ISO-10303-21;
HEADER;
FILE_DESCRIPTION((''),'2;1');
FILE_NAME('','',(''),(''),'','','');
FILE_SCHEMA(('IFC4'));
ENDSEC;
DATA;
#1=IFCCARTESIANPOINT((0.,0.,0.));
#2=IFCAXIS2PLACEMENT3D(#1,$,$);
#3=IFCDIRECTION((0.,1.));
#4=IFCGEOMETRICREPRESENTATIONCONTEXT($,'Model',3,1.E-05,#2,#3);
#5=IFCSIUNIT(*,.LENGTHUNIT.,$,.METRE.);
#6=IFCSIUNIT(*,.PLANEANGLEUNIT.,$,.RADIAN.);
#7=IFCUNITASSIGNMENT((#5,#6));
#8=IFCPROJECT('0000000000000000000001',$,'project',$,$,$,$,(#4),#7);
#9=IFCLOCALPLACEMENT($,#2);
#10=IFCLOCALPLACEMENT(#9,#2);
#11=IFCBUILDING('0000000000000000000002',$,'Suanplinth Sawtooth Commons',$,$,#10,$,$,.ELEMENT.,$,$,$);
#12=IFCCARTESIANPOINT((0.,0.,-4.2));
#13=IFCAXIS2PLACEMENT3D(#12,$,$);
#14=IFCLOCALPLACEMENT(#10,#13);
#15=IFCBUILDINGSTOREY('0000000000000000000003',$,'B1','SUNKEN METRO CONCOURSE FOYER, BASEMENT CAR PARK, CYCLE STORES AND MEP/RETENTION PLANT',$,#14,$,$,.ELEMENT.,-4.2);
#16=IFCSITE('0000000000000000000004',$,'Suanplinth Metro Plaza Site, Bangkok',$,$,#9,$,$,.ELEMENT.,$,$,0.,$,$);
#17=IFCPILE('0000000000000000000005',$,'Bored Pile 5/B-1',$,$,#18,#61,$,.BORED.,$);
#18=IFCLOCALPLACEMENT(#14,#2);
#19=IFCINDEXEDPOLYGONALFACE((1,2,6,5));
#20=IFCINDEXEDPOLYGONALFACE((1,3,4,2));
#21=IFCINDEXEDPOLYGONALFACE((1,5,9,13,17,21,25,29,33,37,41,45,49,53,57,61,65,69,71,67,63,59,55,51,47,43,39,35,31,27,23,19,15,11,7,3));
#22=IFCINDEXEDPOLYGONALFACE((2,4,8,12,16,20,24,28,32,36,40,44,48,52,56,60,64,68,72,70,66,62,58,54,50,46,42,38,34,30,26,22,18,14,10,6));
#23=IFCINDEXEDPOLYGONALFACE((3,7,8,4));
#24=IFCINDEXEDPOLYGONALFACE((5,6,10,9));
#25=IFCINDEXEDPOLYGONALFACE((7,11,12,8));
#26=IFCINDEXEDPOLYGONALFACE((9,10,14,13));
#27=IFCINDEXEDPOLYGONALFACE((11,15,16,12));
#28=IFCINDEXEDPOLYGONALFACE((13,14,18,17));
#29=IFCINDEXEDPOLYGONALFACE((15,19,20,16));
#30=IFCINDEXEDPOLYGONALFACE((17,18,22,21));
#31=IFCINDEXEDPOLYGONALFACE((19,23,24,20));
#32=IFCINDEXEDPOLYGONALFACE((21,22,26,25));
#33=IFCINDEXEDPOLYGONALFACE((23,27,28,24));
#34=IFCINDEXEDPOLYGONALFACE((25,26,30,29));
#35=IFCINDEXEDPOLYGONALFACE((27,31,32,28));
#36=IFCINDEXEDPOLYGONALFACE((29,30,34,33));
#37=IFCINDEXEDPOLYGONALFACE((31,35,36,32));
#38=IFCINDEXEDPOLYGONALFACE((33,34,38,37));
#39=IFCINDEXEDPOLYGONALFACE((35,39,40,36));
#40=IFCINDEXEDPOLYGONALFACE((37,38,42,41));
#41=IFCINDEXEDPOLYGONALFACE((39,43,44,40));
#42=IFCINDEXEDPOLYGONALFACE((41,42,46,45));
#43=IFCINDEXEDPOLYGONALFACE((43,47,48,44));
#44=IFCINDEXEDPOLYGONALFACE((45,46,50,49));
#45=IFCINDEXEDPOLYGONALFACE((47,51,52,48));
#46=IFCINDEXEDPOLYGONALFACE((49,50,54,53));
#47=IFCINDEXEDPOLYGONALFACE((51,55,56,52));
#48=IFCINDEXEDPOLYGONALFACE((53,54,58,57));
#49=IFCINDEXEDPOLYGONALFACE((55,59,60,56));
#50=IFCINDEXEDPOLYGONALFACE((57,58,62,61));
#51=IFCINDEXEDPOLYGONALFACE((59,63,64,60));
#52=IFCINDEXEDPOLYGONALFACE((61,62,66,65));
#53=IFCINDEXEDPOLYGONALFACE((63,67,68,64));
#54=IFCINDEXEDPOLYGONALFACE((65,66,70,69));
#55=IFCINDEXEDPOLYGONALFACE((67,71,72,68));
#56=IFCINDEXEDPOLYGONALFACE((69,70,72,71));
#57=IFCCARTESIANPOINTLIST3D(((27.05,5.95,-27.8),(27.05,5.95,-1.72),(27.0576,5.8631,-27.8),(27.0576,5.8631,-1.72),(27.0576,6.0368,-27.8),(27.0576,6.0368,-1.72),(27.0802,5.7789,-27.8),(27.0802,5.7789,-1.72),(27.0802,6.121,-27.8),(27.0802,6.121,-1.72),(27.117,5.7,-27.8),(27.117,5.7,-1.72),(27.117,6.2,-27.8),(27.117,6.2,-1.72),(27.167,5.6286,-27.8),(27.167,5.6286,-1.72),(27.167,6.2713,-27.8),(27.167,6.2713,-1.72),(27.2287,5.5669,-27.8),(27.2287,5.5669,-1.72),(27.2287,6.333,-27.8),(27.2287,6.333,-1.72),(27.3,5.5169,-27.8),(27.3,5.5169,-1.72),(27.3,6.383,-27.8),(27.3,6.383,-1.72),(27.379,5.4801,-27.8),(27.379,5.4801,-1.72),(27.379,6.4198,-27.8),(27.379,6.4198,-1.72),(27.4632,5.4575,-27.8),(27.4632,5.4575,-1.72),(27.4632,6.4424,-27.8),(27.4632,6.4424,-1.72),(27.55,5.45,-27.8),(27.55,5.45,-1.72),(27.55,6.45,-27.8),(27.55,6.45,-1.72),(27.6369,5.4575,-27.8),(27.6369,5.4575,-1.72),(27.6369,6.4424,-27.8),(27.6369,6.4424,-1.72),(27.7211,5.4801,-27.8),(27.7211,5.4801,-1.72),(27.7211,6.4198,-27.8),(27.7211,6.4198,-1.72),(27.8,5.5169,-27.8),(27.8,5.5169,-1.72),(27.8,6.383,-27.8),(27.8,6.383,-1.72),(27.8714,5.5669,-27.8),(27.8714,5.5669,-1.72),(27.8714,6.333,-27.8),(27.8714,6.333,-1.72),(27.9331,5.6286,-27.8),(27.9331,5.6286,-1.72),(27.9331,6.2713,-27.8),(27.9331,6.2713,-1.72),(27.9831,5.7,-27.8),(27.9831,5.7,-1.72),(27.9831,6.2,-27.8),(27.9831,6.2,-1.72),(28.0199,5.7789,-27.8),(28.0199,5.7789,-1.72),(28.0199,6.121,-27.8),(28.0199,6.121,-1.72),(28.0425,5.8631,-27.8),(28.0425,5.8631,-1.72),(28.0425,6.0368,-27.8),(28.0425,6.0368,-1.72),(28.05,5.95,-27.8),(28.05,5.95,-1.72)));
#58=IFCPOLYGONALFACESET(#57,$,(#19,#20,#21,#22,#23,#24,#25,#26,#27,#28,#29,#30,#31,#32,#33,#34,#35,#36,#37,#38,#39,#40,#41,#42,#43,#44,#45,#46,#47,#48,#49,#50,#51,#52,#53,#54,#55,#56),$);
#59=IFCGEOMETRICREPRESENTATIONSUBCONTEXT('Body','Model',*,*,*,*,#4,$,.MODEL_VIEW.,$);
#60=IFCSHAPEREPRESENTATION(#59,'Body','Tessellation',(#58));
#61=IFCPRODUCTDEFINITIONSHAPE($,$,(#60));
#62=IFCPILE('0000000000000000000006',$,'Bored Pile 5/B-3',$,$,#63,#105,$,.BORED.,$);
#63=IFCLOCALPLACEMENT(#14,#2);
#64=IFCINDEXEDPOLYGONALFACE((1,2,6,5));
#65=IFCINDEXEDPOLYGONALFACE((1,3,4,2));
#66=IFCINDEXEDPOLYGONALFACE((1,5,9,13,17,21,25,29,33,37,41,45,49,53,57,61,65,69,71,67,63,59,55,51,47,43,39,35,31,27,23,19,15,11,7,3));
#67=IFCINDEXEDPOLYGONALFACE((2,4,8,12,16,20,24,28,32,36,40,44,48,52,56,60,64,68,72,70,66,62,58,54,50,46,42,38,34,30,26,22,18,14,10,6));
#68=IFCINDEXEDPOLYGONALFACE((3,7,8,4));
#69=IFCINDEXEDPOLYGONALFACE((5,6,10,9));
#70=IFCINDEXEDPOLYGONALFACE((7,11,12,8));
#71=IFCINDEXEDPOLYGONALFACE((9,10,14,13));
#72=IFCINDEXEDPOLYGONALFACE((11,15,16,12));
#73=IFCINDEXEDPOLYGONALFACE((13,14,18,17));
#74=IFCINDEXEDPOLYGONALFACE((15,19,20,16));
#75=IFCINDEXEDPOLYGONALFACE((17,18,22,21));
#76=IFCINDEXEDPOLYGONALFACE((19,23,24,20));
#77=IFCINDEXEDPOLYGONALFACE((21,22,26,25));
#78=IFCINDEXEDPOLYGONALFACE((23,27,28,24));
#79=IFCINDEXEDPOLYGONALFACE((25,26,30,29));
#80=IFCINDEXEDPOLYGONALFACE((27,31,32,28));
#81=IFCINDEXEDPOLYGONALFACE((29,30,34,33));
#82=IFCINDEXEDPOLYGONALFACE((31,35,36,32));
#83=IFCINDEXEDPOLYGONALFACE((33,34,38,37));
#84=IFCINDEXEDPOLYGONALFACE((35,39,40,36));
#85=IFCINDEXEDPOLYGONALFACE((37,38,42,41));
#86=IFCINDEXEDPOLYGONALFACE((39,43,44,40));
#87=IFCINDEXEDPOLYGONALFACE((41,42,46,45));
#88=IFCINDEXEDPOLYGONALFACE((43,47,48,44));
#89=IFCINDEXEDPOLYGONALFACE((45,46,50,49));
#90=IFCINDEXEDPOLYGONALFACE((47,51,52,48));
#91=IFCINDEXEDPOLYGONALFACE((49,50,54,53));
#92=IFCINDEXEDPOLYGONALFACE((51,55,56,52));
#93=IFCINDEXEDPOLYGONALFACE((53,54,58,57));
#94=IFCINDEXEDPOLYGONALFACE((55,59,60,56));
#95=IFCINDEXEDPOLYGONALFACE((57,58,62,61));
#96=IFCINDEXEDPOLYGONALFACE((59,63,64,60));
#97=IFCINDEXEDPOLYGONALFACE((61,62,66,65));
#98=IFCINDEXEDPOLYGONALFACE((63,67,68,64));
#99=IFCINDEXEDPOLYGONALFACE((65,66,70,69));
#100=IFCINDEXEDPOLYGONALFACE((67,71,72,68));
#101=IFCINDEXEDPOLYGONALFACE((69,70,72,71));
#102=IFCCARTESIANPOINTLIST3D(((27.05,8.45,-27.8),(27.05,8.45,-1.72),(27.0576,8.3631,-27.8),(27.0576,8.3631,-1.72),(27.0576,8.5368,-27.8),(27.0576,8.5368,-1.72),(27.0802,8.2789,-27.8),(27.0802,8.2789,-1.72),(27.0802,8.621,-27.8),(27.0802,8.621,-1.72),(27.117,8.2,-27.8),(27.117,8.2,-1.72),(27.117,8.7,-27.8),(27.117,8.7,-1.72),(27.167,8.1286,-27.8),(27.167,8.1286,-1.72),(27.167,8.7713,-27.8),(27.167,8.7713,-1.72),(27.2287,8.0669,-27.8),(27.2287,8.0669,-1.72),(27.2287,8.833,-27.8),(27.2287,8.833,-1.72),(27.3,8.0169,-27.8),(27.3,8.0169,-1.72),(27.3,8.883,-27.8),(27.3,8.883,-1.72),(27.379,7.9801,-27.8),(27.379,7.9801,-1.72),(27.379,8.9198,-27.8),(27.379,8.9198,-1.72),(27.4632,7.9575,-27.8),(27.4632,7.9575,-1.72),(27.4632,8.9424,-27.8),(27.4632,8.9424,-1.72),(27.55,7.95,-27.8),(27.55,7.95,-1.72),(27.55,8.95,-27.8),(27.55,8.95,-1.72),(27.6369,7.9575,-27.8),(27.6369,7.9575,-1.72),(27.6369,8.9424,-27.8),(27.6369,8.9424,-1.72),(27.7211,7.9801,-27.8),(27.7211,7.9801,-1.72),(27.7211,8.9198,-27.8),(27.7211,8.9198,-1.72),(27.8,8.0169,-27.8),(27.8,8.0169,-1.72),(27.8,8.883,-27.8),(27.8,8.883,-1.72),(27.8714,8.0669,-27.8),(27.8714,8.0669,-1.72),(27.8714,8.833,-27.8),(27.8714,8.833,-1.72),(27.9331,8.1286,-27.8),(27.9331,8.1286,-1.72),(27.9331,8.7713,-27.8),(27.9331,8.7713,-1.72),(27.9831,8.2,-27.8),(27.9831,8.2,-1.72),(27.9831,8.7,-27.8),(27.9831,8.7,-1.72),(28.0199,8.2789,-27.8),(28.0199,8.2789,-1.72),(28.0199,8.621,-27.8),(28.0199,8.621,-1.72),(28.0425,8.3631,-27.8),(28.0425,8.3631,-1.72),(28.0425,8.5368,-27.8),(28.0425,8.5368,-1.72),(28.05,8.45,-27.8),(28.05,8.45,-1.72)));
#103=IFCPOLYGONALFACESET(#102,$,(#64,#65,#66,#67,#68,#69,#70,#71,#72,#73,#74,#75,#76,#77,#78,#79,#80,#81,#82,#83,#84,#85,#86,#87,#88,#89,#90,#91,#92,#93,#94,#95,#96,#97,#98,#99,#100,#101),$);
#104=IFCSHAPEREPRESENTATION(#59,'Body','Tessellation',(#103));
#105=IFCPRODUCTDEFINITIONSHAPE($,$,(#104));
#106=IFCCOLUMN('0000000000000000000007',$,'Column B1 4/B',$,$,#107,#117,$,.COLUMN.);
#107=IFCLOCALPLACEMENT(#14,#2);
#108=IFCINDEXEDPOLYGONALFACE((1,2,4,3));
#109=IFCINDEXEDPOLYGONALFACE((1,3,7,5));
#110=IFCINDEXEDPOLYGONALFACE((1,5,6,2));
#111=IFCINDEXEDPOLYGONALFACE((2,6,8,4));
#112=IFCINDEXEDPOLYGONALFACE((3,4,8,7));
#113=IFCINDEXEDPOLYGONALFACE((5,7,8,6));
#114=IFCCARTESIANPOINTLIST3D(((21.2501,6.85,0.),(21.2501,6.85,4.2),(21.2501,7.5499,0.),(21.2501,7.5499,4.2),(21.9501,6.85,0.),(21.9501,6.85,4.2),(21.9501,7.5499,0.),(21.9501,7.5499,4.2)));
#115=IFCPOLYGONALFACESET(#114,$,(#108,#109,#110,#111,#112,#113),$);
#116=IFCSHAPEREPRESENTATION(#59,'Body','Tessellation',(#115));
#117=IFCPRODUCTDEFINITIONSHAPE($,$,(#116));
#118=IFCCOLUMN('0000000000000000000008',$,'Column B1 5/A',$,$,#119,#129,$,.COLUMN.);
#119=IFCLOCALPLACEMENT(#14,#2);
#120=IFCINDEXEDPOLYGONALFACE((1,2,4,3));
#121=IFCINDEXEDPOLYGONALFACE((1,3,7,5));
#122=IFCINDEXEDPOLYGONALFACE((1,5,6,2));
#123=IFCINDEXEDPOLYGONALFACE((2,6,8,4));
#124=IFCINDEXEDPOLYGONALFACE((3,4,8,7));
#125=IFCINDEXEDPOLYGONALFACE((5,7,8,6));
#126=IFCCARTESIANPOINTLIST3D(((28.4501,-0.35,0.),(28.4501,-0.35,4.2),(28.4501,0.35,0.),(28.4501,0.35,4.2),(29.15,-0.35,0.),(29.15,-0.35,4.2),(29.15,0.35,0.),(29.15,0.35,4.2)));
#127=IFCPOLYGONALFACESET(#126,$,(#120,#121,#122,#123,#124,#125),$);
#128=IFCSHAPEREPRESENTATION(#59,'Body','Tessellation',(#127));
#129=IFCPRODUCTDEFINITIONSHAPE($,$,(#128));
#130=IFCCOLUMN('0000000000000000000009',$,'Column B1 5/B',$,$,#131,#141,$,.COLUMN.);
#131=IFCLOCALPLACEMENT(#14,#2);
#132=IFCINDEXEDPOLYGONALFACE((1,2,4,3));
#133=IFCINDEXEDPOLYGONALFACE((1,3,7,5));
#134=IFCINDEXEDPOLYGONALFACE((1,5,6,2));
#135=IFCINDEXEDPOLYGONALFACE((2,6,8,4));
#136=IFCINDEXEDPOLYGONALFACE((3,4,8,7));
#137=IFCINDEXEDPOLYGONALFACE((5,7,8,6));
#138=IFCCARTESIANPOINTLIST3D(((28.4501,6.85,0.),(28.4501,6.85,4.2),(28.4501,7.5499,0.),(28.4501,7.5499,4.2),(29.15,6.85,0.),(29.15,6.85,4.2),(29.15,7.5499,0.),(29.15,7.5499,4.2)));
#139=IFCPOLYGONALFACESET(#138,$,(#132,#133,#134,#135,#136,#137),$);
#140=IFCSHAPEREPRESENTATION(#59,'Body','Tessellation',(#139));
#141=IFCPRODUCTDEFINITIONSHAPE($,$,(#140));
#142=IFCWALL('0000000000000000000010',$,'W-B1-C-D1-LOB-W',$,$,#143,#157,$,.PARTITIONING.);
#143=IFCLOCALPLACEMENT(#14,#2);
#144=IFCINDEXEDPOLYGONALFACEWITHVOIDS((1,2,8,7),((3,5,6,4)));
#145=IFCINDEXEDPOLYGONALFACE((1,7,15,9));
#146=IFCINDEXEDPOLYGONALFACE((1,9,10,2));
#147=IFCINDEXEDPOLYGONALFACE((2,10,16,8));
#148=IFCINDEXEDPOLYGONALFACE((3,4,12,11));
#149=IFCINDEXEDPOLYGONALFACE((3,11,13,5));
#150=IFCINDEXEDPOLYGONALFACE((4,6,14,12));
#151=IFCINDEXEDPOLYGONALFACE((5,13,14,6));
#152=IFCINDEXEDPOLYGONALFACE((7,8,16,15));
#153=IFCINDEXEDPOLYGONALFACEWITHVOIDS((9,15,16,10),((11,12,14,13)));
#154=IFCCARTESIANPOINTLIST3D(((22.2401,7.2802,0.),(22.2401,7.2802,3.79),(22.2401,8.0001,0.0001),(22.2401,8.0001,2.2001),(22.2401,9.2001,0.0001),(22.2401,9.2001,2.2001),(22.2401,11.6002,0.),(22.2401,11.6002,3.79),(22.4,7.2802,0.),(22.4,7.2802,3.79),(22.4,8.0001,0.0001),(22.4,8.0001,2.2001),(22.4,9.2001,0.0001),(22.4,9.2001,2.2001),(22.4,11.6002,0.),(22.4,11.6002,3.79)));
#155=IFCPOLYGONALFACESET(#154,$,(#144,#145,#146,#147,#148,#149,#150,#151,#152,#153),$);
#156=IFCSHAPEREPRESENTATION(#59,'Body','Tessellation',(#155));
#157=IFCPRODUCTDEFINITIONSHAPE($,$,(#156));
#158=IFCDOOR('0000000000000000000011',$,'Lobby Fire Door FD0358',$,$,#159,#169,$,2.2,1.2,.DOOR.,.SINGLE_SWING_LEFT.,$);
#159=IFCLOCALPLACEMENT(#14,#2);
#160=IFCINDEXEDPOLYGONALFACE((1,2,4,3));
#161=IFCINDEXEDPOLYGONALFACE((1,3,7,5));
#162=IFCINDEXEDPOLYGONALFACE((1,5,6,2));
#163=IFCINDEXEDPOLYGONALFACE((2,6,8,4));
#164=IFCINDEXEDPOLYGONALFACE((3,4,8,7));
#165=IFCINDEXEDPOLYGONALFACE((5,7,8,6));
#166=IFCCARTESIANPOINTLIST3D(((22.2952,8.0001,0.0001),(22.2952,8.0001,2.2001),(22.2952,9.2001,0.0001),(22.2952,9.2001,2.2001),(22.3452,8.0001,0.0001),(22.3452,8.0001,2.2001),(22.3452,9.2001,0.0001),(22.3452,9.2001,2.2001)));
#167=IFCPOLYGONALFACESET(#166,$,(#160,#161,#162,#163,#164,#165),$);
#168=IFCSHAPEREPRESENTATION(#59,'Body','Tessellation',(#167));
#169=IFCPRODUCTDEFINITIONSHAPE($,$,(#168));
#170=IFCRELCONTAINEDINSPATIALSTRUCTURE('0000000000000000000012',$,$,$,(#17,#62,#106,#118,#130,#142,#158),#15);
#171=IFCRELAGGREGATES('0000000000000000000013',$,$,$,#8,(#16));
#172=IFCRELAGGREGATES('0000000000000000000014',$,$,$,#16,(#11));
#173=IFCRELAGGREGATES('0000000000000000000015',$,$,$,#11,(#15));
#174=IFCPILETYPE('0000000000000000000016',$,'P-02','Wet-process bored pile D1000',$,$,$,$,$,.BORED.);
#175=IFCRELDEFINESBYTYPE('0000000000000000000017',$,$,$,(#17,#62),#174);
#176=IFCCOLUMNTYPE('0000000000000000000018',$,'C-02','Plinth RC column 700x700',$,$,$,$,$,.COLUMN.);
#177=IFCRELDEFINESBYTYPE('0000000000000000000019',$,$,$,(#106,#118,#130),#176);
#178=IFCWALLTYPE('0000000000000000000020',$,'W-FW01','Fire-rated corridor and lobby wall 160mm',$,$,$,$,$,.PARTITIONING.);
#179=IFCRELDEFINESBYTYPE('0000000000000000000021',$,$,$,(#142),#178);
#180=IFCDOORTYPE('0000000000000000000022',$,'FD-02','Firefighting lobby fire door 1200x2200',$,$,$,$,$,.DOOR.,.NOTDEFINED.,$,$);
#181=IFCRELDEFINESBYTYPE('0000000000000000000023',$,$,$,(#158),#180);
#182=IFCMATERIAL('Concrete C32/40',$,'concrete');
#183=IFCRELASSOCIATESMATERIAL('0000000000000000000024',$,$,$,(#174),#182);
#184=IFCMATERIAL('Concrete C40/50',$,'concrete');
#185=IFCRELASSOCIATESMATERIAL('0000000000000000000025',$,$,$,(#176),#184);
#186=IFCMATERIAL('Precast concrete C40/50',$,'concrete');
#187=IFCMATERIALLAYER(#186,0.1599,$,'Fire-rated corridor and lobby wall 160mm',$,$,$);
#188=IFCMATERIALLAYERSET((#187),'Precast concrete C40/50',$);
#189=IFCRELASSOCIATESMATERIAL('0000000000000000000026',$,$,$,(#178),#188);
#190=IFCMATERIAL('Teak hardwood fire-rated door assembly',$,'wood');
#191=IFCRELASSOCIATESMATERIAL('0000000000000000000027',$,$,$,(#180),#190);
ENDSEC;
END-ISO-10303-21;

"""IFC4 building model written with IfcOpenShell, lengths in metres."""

from ifc_helpers import new_model, si_unit, direction, frame, frame_2d, origin, origin_2d, place, context, subcontext, project, spatial, rectangle, circle, extrude, material, layer, layer_set, material_profile, profile_set, type_object, element, fill, save


model = new_model("IFC4")

# Units and contexts
model_context = context("Model", 3, precision=1e-05, world=origin(), true_north=direction((0.0, 1.0)))
body_context = subcontext(model_context, "Body", "Model", "MODEL_VIEW")
ifc_project = project(units=[si_unit("LENGTHUNIT", "METRE"), si_unit("PLANEANGLEUNIT", "RADIAN")], contexts=[model_context])

# Site, building, storey
site_placement = place(None, origin())
site = spatial("IfcSite", under=ifc_project, at=site_placement, Name="Suanplinth Metro Plaza Site, Bangkok", CompositionType="ELEMENT", RefElevation=0.0)
building_placement = place(site_placement, origin())
building = spatial("IfcBuilding", under=site, at=building_placement, Name="Suanplinth Sawtooth Commons", CompositionType="ELEMENT")
storey_placement = place(building_placement, frame((0.0, 0.0, -4.2)))
storey = spatial("IfcBuildingStorey", under=building, at=storey_placement, Name="B1", Description="SUNKEN METRO CONCOURSE FOYER, BASEMENT CAR PARK, CYCLE STORES AND MEP/RETENTION PLANT", CompositionType="ELEMENT", Elevation=-4.2)

# Piles
ifc_material_1 = material(Name="Concrete C32/40", Category="concrete")
ifc_material_profile_1 = material_profile(ifc_material_1, circle(Radius=0.5, at=origin_2d()), Name="PILE D1000")
ifc_profile_set_1 = profile_set([ifc_material_profile_1], Name="Concrete C32/40")
pile_type = type_object("IfcPileType", Name="P-02", Description="Wet-process bored pile D1000", PredefinedType="BORED", material=ifc_profile_set_1)
for number, where, z_axis, x_axis, name in (
    (1, (27.55, 5.95, -1.72), (0.0, 0.0, -1.0), (1.0, 0.0, 0.0), "Bored Pile 5/B-1"),
    (2, (27.55, 8.45, -1.72), (0.0, 0.0, -1.0), (1.0, 0.0, 0.0), "Bored Pile 5/B-3"),
):
    element("IfcPile", number, at=place(storey_placement, frame(where, z_axis=z_axis, x_axis=x_axis)), inside=storey, type_object=pile_type, Name=name, PredefinedType="BORED", context=body_context, shape_type="SweptSolid", body=[
        extrude(circle(Radius=0.5, at=origin_2d()), origin(), (0.0, 0.0, 1.0), 26.0801),
    ])

# Columns
ifc_material_2 = material(Name="Concrete C40/50", Category="concrete")
ifc_material_profile_2 = material_profile(ifc_material_2, rectangle(XDim=0.7, YDim=0.7, at=origin_2d()), Name="RC-COL 700x700")
ifc_profile_set_2 = profile_set([ifc_material_profile_2], Name="Concrete C40/50")
column_type = type_object("IfcColumnType", Name="C-02", Description="Plinth RC column 700x700", PredefinedType="COLUMN", material=ifc_profile_set_2)
for number, where, z_axis, x_axis, name in (
    (3, (21.6001, 7.2, 0.0), (0.0, 0.0, 1.0), (1.0, 0.0, 0.0), "Column B1 4/B"),
    (4, (28.8, 0.0, 0.0), (0.0, 0.0, 1.0), (1.0, 0.0, 0.0), "Column B1 5/A"),
    (5, (28.8, 7.2, 0.0), (0.0, 0.0, 1.0), (1.0, 0.0, 0.0), "Column B1 5/B"),
):
    element("IfcColumn", number, at=place(storey_placement, frame(where, z_axis=z_axis, x_axis=x_axis)), inside=storey, type_object=column_type, Name=name, PredefinedType="COLUMN", context=body_context, shape_type="SweptSolid", body=[
        extrude(rectangle(XDim=0.7, YDim=0.7, at=origin_2d()), origin(), (0.0, 0.0, 1.0), 4.2),
    ])

# Wall, opening, door
ifc_material_3 = material(Name="Precast concrete C40/50", Category="concrete")
ifc_layer_1 = layer(ifc_material_3, 0.1599, Name="Fire-rated corridor and lobby wall 160mm")
ifc_layer_set_1 = layer_set([ifc_layer_1], Name="Precast concrete C40/50")
wall_type_1 = type_object("IfcWallType", Name="W-FW01", Description="Fire-rated corridor and lobby wall 160mm", PredefinedType="PARTITIONING", material=ifc_layer_set_1)
wall_1_placement = place(storey_placement, frame((22.3201, 7.28, 0.0), z_axis=(0.0, 0.0, 1.0), x_axis=(0.0, 1.0, 0.0)))
wall_1 = element("IfcWall", 6, at=wall_1_placement, inside=storey, type_object=wall_type_1, Name="W-B1-C-D1-LOB-W", PredefinedType="PARTITIONING", context=body_context, shape_type="SweptSolid", body=[
    extrude(rectangle(XDim=4.3201, YDim=0.1599, at=frame_2d((2.1602, 0.0))), origin(), (0.0, 0.0, 1.0), 3.79),
])
opening_1_placement = place(wall_1_placement, frame((0.72, 0.0, 0.0)))
opening_1 = element("IfcOpeningElement", 7, at=opening_1_placement, cuts=wall_1, PredefinedType="OPENING", context=body_context, shape_type="SweptSolid", body=[
    extrude(rectangle(XDim=1.2, YDim=2.2, at=frame_2d((0.6001, 1.1001))), frame((0.0, 0.0947, 0.0), z_axis=(0.0, -1.0, 0.0), x_axis=(1.0, 0.0, 0.0)), (0.0, 0.0, 1.0), 0.1897),
])
ifc_material_4 = material(Name="Teak hardwood fire-rated door assembly", Category="wood")
door_type = type_object("IfcDoorType", Name="FD-02", Description="Firefighting lobby fire door 1200x2200", OperationType="NOTDEFINED", PredefinedType="DOOR", material=ifc_material_4)
door_1_placement = place(opening_1_placement, origin())
door_1 = element("IfcDoor", 8, at=door_1_placement, inside=storey, type_object=door_type, Name="Lobby Fire Door FD0358", OperationType="SINGLE_SWING_LEFT", OverallHeight=2.2, OverallWidth=1.2, PredefinedType="DOOR", context=body_context, shape_type="SweptSolid", body=[
    extrude(rectangle(XDim=1.2, YDim=2.2, at=frame_2d((0.6001, 1.1001))), frame((0.0, 0.0249, 0.0), z_axis=(0.0, -1.0, 0.0), x_axis=(1.0, 0.0, 0.0)), (0.0, 0.0, 1.0), 0.05),
])
fill(opening_1, door_1)

save(model, "model.ifc")
